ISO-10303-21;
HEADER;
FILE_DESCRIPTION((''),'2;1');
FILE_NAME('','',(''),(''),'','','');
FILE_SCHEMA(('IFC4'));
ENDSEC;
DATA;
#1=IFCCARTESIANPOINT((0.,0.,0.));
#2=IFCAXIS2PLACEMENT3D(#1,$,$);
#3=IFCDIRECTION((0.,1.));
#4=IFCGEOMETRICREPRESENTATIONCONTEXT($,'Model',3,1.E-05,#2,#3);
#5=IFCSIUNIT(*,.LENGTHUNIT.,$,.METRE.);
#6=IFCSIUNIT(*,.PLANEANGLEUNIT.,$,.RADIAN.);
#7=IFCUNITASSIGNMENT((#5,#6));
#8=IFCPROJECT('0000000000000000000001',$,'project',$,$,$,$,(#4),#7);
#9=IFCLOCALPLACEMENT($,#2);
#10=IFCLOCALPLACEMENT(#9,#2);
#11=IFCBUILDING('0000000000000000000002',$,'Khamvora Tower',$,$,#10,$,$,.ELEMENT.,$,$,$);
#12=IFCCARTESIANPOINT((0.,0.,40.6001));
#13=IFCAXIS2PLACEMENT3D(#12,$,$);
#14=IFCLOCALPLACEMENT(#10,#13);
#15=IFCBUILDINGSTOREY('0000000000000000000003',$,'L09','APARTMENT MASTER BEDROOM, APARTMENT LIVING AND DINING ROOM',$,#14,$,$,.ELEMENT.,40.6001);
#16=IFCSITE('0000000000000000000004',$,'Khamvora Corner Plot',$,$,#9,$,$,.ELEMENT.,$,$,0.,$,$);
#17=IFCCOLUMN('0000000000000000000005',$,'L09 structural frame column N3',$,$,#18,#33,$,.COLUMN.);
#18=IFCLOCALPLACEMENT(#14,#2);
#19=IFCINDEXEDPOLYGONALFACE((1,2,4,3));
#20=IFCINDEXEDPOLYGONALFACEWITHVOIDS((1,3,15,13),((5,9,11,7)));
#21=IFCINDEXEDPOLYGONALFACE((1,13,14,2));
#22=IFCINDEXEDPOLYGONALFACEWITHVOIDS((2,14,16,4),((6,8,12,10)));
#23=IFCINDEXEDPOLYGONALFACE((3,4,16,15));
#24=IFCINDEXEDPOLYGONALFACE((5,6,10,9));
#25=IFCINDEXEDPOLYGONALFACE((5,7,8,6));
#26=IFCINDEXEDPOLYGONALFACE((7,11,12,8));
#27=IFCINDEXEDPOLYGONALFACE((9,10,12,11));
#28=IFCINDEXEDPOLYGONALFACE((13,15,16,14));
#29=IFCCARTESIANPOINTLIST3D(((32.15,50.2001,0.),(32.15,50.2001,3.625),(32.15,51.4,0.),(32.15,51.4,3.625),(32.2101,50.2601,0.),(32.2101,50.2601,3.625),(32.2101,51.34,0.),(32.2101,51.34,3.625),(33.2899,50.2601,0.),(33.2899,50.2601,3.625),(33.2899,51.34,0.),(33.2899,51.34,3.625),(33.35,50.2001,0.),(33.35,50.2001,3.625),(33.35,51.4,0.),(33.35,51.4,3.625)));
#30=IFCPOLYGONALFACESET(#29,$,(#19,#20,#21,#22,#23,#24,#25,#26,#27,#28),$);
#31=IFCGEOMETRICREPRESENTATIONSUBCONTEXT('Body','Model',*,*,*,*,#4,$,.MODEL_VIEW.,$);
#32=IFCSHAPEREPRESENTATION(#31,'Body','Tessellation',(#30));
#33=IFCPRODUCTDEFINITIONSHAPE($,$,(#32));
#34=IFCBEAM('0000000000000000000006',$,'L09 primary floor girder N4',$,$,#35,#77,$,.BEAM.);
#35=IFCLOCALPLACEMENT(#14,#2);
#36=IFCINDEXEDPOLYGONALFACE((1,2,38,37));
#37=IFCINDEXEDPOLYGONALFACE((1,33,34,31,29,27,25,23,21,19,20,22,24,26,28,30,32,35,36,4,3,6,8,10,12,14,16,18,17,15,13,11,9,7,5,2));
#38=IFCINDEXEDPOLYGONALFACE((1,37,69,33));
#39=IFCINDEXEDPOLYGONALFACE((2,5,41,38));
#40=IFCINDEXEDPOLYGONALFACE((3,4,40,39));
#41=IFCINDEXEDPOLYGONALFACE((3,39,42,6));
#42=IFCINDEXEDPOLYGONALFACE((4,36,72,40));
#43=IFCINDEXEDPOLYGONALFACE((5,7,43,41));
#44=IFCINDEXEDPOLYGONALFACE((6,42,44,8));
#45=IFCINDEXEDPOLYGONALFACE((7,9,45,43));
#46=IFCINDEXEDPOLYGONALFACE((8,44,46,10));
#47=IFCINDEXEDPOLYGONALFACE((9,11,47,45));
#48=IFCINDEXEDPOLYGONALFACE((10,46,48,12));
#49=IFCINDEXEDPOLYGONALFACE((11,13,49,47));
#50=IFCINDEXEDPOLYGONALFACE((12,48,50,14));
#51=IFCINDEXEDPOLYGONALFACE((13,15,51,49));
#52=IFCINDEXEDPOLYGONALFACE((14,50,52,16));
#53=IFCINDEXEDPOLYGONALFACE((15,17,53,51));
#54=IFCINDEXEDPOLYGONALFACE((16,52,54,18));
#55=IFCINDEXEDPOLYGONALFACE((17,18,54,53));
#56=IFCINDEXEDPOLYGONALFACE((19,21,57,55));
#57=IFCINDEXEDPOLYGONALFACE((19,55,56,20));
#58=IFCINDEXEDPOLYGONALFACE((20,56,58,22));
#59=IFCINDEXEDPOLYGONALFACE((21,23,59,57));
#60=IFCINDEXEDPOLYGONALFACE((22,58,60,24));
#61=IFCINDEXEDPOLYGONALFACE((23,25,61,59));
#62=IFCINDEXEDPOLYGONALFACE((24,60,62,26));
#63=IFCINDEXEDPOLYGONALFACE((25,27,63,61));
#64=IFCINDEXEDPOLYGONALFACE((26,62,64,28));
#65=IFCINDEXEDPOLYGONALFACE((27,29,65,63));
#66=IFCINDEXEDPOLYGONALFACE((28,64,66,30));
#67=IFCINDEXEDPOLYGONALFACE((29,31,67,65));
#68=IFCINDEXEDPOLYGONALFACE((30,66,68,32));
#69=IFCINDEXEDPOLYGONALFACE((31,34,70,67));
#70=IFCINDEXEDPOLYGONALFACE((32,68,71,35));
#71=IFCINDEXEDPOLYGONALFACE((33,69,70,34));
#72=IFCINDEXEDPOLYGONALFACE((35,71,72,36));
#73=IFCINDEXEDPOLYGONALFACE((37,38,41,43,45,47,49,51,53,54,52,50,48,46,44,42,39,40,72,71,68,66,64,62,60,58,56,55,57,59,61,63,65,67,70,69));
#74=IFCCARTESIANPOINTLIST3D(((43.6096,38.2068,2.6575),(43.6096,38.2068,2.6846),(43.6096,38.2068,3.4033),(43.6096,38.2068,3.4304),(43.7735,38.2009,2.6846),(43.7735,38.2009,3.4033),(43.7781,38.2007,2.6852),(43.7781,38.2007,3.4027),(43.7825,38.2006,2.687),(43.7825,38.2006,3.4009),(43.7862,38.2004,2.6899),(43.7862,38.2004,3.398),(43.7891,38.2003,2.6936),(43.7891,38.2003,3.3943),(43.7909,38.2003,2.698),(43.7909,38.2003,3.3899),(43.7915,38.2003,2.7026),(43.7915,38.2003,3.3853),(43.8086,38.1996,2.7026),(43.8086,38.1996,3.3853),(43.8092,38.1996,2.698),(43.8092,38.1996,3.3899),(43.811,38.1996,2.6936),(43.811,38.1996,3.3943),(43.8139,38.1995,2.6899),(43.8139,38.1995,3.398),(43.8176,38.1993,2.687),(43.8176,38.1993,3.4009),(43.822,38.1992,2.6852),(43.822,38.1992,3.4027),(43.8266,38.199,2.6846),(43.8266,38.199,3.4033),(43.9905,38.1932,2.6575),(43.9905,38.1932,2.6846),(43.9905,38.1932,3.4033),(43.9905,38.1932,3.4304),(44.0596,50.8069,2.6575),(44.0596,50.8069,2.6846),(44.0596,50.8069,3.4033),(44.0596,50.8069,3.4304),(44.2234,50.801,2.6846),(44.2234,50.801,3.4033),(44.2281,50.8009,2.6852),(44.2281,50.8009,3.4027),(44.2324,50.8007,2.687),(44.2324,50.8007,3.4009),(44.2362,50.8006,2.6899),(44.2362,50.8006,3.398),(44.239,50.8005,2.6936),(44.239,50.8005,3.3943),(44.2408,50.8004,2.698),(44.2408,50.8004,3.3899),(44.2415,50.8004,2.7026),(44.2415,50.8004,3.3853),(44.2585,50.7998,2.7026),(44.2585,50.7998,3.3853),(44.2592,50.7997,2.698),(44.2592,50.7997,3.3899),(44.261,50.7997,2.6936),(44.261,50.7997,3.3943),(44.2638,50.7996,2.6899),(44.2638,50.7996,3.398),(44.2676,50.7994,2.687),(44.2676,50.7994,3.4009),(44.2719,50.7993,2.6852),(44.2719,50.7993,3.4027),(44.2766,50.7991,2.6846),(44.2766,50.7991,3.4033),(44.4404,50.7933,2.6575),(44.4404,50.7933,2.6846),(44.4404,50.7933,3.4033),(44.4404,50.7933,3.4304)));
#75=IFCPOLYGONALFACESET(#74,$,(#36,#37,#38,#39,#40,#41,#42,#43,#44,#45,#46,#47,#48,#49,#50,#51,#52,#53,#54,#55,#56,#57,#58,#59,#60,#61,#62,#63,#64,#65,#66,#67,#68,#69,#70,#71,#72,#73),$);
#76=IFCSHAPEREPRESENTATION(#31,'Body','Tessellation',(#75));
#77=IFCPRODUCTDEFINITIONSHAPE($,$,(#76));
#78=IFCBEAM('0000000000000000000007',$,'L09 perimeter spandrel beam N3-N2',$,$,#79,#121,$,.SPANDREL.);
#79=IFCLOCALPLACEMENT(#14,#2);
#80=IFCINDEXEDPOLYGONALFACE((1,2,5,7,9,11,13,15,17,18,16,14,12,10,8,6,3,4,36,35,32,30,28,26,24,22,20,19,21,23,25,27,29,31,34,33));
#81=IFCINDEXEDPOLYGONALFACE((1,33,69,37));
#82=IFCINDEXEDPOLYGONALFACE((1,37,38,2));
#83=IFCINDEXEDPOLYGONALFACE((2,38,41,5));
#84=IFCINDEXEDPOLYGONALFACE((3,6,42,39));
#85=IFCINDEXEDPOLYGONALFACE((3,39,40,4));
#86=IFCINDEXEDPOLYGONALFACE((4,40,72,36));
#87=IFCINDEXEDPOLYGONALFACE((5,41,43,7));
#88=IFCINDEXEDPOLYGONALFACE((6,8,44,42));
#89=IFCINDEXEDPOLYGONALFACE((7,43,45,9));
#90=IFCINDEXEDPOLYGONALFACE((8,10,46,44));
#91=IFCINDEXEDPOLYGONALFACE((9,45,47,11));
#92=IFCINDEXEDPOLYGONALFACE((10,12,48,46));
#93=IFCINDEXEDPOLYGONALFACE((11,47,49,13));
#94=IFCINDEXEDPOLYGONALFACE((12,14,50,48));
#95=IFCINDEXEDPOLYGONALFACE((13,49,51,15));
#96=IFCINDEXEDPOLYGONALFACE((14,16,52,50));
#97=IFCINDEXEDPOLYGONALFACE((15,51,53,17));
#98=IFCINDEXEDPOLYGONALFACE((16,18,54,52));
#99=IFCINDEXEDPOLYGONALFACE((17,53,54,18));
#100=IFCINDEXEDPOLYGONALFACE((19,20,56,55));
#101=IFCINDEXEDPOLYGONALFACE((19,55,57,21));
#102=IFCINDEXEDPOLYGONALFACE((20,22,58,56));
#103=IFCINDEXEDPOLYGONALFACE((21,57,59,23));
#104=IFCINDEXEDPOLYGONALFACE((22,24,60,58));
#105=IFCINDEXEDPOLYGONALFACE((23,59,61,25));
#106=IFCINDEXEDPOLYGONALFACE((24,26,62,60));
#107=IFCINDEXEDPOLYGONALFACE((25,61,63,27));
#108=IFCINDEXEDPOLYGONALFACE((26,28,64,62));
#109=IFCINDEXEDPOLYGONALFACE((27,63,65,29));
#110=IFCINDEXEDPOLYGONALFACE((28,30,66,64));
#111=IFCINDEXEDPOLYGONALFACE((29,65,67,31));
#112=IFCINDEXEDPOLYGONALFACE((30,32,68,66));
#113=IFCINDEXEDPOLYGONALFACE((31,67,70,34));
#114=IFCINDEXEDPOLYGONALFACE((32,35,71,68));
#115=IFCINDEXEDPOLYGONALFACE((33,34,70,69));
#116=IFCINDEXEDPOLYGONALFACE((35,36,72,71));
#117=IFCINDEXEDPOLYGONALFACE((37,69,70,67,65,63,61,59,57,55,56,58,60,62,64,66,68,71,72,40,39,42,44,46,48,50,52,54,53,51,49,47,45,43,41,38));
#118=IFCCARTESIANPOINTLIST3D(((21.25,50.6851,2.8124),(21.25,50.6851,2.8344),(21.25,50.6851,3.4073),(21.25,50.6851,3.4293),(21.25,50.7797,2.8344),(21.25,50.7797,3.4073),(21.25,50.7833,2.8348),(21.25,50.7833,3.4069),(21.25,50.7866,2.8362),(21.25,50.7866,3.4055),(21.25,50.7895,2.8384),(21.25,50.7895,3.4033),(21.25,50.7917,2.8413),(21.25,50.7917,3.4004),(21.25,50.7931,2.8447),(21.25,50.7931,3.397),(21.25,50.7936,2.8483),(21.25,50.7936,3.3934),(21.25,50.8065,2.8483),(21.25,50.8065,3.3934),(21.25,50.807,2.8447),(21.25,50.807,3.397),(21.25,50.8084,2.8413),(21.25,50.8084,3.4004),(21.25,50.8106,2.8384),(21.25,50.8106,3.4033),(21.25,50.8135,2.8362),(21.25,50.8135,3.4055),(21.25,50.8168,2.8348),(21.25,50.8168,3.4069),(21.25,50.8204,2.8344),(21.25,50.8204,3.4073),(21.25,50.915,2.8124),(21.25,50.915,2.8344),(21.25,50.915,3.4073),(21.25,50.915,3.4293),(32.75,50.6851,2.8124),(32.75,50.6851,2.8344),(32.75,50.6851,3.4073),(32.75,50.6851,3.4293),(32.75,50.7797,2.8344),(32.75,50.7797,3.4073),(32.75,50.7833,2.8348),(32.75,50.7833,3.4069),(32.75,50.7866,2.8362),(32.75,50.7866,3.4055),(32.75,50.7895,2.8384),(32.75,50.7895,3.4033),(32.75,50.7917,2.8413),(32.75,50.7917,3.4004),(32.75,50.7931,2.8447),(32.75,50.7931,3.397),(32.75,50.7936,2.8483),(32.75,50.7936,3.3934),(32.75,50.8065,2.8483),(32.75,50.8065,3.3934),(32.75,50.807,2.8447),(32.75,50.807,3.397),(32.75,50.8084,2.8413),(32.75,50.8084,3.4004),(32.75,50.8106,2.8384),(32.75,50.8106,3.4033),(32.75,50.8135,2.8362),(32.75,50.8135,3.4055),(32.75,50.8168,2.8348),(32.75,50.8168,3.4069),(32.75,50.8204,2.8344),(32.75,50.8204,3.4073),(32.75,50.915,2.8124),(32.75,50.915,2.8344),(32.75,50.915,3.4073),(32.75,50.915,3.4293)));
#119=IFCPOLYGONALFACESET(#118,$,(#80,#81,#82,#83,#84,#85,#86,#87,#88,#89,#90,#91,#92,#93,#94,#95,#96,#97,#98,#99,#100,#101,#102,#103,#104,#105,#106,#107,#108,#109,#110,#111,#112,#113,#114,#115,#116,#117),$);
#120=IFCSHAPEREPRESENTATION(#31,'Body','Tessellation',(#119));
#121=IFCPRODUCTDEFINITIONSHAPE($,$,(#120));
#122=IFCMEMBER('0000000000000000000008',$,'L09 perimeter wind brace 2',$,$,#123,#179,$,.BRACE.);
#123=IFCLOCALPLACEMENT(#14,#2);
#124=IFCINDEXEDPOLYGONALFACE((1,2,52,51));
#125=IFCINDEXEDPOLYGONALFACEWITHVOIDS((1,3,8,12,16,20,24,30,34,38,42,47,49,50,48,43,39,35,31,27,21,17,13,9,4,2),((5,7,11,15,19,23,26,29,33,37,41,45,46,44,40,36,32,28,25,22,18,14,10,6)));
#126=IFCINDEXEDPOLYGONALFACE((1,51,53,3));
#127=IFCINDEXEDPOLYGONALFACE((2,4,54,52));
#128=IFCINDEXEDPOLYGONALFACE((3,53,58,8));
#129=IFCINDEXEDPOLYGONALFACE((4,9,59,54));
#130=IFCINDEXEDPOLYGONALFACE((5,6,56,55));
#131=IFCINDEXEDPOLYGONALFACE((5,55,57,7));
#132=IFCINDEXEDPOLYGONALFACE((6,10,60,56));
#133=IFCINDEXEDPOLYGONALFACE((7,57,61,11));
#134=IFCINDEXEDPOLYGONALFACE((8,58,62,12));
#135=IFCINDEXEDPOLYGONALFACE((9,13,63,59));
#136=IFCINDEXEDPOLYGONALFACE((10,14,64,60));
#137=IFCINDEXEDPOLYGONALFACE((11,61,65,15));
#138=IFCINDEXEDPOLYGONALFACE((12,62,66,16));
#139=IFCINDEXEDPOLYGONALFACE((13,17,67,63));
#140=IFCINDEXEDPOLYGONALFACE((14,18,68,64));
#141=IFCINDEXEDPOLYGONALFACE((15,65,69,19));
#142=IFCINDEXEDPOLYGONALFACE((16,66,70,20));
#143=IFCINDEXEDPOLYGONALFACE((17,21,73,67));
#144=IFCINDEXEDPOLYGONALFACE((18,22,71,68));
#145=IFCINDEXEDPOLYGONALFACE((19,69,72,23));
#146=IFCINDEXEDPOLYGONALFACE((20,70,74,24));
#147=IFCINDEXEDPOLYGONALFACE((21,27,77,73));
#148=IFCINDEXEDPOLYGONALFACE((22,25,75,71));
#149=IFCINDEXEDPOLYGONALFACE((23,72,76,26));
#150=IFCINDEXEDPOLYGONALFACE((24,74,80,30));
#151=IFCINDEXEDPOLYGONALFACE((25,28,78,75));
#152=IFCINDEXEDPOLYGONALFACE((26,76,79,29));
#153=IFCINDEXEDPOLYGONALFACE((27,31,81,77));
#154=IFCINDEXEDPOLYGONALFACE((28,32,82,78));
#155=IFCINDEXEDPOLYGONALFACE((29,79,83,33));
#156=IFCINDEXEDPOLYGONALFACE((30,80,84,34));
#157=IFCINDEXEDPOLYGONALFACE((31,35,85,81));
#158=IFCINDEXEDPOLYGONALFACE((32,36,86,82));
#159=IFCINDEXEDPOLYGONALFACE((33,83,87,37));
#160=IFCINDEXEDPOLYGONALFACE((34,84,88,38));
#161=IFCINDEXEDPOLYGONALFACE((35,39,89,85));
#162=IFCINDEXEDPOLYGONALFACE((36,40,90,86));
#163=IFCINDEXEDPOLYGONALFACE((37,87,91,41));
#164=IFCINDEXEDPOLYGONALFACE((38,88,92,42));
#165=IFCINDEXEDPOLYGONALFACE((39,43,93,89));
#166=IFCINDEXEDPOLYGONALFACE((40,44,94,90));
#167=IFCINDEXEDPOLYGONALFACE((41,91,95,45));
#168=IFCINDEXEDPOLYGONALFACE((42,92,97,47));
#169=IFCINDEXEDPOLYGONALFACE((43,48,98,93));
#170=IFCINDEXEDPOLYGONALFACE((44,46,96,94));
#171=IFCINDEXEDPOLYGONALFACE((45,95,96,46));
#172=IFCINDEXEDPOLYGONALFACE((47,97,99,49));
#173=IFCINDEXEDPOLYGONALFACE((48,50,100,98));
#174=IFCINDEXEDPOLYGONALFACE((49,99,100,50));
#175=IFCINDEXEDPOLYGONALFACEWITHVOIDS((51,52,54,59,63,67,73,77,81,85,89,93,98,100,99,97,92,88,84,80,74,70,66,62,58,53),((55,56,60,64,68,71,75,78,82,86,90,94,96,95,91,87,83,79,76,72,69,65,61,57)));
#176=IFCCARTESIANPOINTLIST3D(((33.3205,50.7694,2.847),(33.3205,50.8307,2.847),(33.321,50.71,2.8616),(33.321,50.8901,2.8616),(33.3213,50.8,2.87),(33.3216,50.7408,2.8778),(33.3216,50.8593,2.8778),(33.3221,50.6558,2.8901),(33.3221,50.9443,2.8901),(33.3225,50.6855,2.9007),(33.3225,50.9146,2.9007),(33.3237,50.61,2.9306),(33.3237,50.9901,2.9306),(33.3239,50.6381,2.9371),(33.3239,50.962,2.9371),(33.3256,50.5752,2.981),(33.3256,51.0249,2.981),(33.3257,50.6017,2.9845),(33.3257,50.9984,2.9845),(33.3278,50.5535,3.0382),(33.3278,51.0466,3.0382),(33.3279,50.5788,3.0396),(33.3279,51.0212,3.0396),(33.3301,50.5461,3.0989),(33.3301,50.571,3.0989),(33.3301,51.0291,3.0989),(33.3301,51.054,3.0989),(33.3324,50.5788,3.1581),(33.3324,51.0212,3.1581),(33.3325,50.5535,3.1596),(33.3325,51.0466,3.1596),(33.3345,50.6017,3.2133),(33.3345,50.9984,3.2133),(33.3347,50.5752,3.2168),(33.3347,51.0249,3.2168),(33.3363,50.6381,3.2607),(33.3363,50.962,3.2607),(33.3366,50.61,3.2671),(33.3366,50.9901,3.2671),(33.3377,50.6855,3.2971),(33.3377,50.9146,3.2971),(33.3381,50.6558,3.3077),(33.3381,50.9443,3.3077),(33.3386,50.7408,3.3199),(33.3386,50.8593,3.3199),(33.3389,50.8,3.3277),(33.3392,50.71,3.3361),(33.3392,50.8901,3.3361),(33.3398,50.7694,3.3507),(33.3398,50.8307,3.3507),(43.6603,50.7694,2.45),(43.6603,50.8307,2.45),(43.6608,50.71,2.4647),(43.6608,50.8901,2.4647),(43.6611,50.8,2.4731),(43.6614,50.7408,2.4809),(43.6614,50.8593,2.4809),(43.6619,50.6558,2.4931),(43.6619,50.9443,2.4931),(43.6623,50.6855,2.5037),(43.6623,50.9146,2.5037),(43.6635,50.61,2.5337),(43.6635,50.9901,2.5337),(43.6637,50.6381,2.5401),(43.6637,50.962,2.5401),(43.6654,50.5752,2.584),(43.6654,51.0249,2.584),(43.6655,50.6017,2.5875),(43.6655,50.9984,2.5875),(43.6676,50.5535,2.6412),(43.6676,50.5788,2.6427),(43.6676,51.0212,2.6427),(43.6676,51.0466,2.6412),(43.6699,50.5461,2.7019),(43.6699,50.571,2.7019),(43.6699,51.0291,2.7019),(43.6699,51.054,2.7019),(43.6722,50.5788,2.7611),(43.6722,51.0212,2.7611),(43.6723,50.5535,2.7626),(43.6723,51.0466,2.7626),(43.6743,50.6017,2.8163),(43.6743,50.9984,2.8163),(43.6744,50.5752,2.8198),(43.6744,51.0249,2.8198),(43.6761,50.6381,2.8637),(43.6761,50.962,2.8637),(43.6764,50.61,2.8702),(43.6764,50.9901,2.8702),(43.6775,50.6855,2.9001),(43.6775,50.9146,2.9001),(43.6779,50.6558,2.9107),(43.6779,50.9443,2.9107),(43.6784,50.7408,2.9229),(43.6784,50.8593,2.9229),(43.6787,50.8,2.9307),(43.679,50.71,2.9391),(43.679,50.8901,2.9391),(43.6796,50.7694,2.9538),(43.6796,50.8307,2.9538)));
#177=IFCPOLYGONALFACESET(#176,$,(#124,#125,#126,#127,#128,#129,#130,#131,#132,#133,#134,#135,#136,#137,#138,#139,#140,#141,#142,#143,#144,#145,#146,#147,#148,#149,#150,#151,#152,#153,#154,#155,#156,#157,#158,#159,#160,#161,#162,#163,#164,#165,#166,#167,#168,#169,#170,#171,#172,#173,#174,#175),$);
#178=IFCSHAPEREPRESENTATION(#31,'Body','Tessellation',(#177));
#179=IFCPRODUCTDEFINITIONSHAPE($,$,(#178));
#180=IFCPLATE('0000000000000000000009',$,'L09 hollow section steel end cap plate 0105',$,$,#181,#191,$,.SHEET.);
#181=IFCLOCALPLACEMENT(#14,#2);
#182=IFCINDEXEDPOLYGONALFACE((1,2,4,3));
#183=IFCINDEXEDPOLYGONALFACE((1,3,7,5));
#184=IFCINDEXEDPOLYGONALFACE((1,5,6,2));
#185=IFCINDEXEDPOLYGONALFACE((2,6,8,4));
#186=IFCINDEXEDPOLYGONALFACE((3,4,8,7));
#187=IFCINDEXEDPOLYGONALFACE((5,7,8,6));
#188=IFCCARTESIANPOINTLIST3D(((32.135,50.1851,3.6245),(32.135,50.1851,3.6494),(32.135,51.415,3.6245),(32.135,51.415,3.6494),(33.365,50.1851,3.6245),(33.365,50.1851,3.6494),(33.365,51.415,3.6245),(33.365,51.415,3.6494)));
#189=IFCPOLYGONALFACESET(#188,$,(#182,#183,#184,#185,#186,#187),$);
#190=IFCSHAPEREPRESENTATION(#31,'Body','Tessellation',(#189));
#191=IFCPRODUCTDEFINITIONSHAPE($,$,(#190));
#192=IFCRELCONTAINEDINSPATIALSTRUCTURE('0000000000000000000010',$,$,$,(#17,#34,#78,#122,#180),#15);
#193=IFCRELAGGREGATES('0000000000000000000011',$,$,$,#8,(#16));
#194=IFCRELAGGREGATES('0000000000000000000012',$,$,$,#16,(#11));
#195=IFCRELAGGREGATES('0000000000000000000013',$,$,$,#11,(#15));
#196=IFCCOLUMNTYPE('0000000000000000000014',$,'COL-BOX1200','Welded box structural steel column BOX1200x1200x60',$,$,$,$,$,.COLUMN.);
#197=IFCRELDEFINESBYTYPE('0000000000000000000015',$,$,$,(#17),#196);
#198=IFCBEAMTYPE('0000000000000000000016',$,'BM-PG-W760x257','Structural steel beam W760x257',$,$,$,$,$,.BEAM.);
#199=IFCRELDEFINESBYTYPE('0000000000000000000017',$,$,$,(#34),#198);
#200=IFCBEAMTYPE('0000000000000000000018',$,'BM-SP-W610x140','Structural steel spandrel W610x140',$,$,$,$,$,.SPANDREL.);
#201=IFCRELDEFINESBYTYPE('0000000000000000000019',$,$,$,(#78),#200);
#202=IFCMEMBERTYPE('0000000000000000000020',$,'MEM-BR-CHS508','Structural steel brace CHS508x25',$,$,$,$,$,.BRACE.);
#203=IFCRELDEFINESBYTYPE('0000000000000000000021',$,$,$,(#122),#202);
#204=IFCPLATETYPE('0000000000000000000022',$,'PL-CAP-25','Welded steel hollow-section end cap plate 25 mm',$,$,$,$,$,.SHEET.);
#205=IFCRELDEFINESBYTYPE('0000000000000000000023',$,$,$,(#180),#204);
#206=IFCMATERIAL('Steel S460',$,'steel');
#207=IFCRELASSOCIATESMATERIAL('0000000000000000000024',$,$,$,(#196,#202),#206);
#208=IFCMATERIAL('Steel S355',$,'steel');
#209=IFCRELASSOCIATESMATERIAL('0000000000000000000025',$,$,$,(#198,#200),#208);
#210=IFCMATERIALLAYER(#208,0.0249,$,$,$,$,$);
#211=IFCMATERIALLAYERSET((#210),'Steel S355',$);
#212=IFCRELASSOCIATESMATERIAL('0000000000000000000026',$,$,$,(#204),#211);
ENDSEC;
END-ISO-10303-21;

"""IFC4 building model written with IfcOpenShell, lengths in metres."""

from ifc_helpers import new_model, si_unit, direction, frame, origin, origin_2d, place, context, subcontext, project, spatial, rectangle, hollow_rectangle, hollow_circle, i_section, extrude, material, layer, layer_set, material_profile, profile_set, type_object, element, save


model = new_model("IFC4")

# Units and contexts
model_context = context("Model", 3, precision=1e-05, world=origin(), true_north=direction((0.0, 1.0)))
body_context = subcontext(model_context, "Body", "Model", "MODEL_VIEW")
ifc_project = project(units=[si_unit("LENGTHUNIT", "METRE"), si_unit("PLANEANGLEUNIT", "RADIAN")], contexts=[model_context])

# Site, building, storey
site_placement = place(None, origin())
site = spatial("IfcSite", under=ifc_project, at=site_placement, Name="Khamvora Corner Plot", CompositionType="ELEMENT", RefElevation=0.0)
building_placement = place(site_placement, origin())
building = spatial("IfcBuilding", under=site, at=building_placement, Name="Khamvora Tower", CompositionType="ELEMENT")
storey_placement = place(building_placement, frame((0.0, 0.0, 40.6001)))
storey = spatial("IfcBuildingStorey", under=building, at=storey_placement, Name="L09", Description="APARTMENT MASTER BEDROOM, APARTMENT LIVING AND DINING ROOM", CompositionType="ELEMENT", Elevation=40.6001)

# Column
ifc_material_1 = material(Name="Steel S460", Category="steel")
ifc_material_profile_1 = material_profile(ifc_material_1, hollow_rectangle(XDim=1.2, YDim=1.2, WallThickness=0.0601, at=origin_2d()), Name="BOX1200x1200x60")
ifc_profile_set_1 = profile_set([ifc_material_profile_1], Name="Steel S460")
column_type = type_object("IfcColumnType", Name="COL-BOX1200", Description="Welded box structural steel column BOX1200x1200x60", PredefinedType="COLUMN", material=ifc_profile_set_1)
column_placement = place(storey_placement, frame((32.75, 50.8, 0.0), z_axis=(0.0, 0.0, 1.0), x_axis=(1.0, 0.0, 0.0)))
element("IfcColumn", 1, at=column_placement, inside=storey, type_object=column_type, Name="L09 structural frame column N3", PredefinedType="COLUMN", context=body_context, shape_type="SweptSolid", body=[
    extrude(hollow_rectangle(XDim=1.2, YDim=1.2, WallThickness=0.0601, at=origin_2d()), origin(), (0.0, 0.0, 1.0), 3.625),
])

# Beams
ifc_material_2 = material(Name="Steel S355", Category="steel")
ifc_material_profile_2 = material_profile(ifc_material_2, i_section(OverallWidth=0.3811, OverallDepth=0.7729, WebThickness=0.0171, FlangeThickness=0.0271, FilletRadius=0.0181, at=origin_2d()), Name="W760x257")
ifc_profile_set_2 = profile_set([ifc_material_profile_2], Name="Steel S355")
beam_type_1 = type_object("IfcBeamType", Name="BM-PG-W760x257", Description="Structural steel beam W760x257", PredefinedType="BEAM", material=ifc_profile_set_2)
beam_1_placement = place(storey_placement, frame((43.8, 38.2, 3.0439), z_axis=(0.035687, 0.999363, 0.0), x_axis=(-0.999363, 0.035687, 0.0)))
element("IfcBeam", 2, at=beam_1_placement, inside=storey, type_object=beam_type_1, Name="L09 primary floor girder N4", PredefinedType="BEAM", context=body_context, shape_type="SweptSolid", body=[
    extrude(i_section(OverallWidth=0.3811, OverallDepth=0.7729, WebThickness=0.0171, FlangeThickness=0.0271, FilletRadius=0.0181, at=origin_2d()), origin(), (0.0, 0.0, 1.0), 12.6082),
])
ifc_material_profile_3 = material_profile(ifc_material_2, i_section(OverallWidth=0.23, OverallDepth=0.6169, WebThickness=0.0129, FlangeThickness=0.022, FilletRadius=0.0139, at=origin_2d()), Name="W610x140")
ifc_profile_set_3 = profile_set([ifc_material_profile_3], Name="Steel S355")
beam_type_2 = type_object("IfcBeamType", Name="BM-SP-W610x140", Description="Structural steel spandrel W610x140", PredefinedType="SPANDREL", material=ifc_profile_set_3)
beam_2_placement = place(storey_placement, frame((32.75, 50.8, 3.1208), z_axis=(-1.0, 0.0, 0.0), x_axis=(0.0, -1.0, 0.0)))
element("IfcBeam", 3, at=beam_2_placement, inside=storey, type_object=beam_type_2, Name="L09 perimeter spandrel beam N3-N2", PredefinedType="SPANDREL", context=body_context, shape_type="SweptSolid", body=[
    extrude(i_section(OverallWidth=0.23, OverallDepth=0.6169, WebThickness=0.0129, FlangeThickness=0.022, FilletRadius=0.0139, at=origin_2d()), origin(), (0.0, 0.0, 1.0), 11.5),
])

# Member
ifc_material_profile_4 = material_profile(ifc_material_1, hollow_circle(Radius=0.2539, WallThickness=0.0249, at=origin_2d()), Name="CHS508x25")
ifc_profile_set_4 = profile_set([ifc_material_profile_4], Name="Steel S460")
member_type = type_object("IfcMemberType", Name="MEM-BR-CHS508", Description="Structural steel brace CHS508x25", PredefinedType="BRACE", material=ifc_profile_set_4)
member_placement = place(storey_placement, frame((43.6699, 50.8, 2.7019), z_axis=(-0.999264, 0.0, 0.038364), x_axis=(0.0, -1.0, 0.0)))
element("IfcMember", 4, at=member_placement, inside=storey, type_object=member_type, Name="L09 perimeter wind brace 2", PredefinedType="BRACE", context=body_context, shape_type="SweptSolid", body=[
    extrude(hollow_circle(Radius=0.2539, WallThickness=0.0249, at=origin_2d()), origin(), (0.0, 0.0, 1.0), 10.3474),
])

# Plate
ifc_layer_1 = layer(ifc_material_2, 0.0249)
ifc_layer_set_1 = layer_set([ifc_layer_1], Name="Steel S355")
plate_type_1 = type_object("IfcPlateType", Name="PL-CAP-25", Description="Welded steel hollow-section end cap plate 25 mm", PredefinedType="SHEET", material=ifc_layer_set_1)
plate_placement = place(storey_placement, frame((32.75, 50.8, 3.6245), z_axis=(0.0, 0.0, 1.0), x_axis=(1.0, 0.0, 0.0)))
element("IfcPlate", 5, at=plate_placement, inside=storey, type_object=plate_type_1, Name="L09 hollow section steel end cap plate 0105", PredefinedType="SHEET", context=body_context, shape_type="SweptSolid", body=[
    extrude(rectangle(XDim=1.23, YDim=1.23, at=origin_2d()), origin(), (0.0, 0.0, 1.0), 0.0249),
])

save(model, "model.ifc")
